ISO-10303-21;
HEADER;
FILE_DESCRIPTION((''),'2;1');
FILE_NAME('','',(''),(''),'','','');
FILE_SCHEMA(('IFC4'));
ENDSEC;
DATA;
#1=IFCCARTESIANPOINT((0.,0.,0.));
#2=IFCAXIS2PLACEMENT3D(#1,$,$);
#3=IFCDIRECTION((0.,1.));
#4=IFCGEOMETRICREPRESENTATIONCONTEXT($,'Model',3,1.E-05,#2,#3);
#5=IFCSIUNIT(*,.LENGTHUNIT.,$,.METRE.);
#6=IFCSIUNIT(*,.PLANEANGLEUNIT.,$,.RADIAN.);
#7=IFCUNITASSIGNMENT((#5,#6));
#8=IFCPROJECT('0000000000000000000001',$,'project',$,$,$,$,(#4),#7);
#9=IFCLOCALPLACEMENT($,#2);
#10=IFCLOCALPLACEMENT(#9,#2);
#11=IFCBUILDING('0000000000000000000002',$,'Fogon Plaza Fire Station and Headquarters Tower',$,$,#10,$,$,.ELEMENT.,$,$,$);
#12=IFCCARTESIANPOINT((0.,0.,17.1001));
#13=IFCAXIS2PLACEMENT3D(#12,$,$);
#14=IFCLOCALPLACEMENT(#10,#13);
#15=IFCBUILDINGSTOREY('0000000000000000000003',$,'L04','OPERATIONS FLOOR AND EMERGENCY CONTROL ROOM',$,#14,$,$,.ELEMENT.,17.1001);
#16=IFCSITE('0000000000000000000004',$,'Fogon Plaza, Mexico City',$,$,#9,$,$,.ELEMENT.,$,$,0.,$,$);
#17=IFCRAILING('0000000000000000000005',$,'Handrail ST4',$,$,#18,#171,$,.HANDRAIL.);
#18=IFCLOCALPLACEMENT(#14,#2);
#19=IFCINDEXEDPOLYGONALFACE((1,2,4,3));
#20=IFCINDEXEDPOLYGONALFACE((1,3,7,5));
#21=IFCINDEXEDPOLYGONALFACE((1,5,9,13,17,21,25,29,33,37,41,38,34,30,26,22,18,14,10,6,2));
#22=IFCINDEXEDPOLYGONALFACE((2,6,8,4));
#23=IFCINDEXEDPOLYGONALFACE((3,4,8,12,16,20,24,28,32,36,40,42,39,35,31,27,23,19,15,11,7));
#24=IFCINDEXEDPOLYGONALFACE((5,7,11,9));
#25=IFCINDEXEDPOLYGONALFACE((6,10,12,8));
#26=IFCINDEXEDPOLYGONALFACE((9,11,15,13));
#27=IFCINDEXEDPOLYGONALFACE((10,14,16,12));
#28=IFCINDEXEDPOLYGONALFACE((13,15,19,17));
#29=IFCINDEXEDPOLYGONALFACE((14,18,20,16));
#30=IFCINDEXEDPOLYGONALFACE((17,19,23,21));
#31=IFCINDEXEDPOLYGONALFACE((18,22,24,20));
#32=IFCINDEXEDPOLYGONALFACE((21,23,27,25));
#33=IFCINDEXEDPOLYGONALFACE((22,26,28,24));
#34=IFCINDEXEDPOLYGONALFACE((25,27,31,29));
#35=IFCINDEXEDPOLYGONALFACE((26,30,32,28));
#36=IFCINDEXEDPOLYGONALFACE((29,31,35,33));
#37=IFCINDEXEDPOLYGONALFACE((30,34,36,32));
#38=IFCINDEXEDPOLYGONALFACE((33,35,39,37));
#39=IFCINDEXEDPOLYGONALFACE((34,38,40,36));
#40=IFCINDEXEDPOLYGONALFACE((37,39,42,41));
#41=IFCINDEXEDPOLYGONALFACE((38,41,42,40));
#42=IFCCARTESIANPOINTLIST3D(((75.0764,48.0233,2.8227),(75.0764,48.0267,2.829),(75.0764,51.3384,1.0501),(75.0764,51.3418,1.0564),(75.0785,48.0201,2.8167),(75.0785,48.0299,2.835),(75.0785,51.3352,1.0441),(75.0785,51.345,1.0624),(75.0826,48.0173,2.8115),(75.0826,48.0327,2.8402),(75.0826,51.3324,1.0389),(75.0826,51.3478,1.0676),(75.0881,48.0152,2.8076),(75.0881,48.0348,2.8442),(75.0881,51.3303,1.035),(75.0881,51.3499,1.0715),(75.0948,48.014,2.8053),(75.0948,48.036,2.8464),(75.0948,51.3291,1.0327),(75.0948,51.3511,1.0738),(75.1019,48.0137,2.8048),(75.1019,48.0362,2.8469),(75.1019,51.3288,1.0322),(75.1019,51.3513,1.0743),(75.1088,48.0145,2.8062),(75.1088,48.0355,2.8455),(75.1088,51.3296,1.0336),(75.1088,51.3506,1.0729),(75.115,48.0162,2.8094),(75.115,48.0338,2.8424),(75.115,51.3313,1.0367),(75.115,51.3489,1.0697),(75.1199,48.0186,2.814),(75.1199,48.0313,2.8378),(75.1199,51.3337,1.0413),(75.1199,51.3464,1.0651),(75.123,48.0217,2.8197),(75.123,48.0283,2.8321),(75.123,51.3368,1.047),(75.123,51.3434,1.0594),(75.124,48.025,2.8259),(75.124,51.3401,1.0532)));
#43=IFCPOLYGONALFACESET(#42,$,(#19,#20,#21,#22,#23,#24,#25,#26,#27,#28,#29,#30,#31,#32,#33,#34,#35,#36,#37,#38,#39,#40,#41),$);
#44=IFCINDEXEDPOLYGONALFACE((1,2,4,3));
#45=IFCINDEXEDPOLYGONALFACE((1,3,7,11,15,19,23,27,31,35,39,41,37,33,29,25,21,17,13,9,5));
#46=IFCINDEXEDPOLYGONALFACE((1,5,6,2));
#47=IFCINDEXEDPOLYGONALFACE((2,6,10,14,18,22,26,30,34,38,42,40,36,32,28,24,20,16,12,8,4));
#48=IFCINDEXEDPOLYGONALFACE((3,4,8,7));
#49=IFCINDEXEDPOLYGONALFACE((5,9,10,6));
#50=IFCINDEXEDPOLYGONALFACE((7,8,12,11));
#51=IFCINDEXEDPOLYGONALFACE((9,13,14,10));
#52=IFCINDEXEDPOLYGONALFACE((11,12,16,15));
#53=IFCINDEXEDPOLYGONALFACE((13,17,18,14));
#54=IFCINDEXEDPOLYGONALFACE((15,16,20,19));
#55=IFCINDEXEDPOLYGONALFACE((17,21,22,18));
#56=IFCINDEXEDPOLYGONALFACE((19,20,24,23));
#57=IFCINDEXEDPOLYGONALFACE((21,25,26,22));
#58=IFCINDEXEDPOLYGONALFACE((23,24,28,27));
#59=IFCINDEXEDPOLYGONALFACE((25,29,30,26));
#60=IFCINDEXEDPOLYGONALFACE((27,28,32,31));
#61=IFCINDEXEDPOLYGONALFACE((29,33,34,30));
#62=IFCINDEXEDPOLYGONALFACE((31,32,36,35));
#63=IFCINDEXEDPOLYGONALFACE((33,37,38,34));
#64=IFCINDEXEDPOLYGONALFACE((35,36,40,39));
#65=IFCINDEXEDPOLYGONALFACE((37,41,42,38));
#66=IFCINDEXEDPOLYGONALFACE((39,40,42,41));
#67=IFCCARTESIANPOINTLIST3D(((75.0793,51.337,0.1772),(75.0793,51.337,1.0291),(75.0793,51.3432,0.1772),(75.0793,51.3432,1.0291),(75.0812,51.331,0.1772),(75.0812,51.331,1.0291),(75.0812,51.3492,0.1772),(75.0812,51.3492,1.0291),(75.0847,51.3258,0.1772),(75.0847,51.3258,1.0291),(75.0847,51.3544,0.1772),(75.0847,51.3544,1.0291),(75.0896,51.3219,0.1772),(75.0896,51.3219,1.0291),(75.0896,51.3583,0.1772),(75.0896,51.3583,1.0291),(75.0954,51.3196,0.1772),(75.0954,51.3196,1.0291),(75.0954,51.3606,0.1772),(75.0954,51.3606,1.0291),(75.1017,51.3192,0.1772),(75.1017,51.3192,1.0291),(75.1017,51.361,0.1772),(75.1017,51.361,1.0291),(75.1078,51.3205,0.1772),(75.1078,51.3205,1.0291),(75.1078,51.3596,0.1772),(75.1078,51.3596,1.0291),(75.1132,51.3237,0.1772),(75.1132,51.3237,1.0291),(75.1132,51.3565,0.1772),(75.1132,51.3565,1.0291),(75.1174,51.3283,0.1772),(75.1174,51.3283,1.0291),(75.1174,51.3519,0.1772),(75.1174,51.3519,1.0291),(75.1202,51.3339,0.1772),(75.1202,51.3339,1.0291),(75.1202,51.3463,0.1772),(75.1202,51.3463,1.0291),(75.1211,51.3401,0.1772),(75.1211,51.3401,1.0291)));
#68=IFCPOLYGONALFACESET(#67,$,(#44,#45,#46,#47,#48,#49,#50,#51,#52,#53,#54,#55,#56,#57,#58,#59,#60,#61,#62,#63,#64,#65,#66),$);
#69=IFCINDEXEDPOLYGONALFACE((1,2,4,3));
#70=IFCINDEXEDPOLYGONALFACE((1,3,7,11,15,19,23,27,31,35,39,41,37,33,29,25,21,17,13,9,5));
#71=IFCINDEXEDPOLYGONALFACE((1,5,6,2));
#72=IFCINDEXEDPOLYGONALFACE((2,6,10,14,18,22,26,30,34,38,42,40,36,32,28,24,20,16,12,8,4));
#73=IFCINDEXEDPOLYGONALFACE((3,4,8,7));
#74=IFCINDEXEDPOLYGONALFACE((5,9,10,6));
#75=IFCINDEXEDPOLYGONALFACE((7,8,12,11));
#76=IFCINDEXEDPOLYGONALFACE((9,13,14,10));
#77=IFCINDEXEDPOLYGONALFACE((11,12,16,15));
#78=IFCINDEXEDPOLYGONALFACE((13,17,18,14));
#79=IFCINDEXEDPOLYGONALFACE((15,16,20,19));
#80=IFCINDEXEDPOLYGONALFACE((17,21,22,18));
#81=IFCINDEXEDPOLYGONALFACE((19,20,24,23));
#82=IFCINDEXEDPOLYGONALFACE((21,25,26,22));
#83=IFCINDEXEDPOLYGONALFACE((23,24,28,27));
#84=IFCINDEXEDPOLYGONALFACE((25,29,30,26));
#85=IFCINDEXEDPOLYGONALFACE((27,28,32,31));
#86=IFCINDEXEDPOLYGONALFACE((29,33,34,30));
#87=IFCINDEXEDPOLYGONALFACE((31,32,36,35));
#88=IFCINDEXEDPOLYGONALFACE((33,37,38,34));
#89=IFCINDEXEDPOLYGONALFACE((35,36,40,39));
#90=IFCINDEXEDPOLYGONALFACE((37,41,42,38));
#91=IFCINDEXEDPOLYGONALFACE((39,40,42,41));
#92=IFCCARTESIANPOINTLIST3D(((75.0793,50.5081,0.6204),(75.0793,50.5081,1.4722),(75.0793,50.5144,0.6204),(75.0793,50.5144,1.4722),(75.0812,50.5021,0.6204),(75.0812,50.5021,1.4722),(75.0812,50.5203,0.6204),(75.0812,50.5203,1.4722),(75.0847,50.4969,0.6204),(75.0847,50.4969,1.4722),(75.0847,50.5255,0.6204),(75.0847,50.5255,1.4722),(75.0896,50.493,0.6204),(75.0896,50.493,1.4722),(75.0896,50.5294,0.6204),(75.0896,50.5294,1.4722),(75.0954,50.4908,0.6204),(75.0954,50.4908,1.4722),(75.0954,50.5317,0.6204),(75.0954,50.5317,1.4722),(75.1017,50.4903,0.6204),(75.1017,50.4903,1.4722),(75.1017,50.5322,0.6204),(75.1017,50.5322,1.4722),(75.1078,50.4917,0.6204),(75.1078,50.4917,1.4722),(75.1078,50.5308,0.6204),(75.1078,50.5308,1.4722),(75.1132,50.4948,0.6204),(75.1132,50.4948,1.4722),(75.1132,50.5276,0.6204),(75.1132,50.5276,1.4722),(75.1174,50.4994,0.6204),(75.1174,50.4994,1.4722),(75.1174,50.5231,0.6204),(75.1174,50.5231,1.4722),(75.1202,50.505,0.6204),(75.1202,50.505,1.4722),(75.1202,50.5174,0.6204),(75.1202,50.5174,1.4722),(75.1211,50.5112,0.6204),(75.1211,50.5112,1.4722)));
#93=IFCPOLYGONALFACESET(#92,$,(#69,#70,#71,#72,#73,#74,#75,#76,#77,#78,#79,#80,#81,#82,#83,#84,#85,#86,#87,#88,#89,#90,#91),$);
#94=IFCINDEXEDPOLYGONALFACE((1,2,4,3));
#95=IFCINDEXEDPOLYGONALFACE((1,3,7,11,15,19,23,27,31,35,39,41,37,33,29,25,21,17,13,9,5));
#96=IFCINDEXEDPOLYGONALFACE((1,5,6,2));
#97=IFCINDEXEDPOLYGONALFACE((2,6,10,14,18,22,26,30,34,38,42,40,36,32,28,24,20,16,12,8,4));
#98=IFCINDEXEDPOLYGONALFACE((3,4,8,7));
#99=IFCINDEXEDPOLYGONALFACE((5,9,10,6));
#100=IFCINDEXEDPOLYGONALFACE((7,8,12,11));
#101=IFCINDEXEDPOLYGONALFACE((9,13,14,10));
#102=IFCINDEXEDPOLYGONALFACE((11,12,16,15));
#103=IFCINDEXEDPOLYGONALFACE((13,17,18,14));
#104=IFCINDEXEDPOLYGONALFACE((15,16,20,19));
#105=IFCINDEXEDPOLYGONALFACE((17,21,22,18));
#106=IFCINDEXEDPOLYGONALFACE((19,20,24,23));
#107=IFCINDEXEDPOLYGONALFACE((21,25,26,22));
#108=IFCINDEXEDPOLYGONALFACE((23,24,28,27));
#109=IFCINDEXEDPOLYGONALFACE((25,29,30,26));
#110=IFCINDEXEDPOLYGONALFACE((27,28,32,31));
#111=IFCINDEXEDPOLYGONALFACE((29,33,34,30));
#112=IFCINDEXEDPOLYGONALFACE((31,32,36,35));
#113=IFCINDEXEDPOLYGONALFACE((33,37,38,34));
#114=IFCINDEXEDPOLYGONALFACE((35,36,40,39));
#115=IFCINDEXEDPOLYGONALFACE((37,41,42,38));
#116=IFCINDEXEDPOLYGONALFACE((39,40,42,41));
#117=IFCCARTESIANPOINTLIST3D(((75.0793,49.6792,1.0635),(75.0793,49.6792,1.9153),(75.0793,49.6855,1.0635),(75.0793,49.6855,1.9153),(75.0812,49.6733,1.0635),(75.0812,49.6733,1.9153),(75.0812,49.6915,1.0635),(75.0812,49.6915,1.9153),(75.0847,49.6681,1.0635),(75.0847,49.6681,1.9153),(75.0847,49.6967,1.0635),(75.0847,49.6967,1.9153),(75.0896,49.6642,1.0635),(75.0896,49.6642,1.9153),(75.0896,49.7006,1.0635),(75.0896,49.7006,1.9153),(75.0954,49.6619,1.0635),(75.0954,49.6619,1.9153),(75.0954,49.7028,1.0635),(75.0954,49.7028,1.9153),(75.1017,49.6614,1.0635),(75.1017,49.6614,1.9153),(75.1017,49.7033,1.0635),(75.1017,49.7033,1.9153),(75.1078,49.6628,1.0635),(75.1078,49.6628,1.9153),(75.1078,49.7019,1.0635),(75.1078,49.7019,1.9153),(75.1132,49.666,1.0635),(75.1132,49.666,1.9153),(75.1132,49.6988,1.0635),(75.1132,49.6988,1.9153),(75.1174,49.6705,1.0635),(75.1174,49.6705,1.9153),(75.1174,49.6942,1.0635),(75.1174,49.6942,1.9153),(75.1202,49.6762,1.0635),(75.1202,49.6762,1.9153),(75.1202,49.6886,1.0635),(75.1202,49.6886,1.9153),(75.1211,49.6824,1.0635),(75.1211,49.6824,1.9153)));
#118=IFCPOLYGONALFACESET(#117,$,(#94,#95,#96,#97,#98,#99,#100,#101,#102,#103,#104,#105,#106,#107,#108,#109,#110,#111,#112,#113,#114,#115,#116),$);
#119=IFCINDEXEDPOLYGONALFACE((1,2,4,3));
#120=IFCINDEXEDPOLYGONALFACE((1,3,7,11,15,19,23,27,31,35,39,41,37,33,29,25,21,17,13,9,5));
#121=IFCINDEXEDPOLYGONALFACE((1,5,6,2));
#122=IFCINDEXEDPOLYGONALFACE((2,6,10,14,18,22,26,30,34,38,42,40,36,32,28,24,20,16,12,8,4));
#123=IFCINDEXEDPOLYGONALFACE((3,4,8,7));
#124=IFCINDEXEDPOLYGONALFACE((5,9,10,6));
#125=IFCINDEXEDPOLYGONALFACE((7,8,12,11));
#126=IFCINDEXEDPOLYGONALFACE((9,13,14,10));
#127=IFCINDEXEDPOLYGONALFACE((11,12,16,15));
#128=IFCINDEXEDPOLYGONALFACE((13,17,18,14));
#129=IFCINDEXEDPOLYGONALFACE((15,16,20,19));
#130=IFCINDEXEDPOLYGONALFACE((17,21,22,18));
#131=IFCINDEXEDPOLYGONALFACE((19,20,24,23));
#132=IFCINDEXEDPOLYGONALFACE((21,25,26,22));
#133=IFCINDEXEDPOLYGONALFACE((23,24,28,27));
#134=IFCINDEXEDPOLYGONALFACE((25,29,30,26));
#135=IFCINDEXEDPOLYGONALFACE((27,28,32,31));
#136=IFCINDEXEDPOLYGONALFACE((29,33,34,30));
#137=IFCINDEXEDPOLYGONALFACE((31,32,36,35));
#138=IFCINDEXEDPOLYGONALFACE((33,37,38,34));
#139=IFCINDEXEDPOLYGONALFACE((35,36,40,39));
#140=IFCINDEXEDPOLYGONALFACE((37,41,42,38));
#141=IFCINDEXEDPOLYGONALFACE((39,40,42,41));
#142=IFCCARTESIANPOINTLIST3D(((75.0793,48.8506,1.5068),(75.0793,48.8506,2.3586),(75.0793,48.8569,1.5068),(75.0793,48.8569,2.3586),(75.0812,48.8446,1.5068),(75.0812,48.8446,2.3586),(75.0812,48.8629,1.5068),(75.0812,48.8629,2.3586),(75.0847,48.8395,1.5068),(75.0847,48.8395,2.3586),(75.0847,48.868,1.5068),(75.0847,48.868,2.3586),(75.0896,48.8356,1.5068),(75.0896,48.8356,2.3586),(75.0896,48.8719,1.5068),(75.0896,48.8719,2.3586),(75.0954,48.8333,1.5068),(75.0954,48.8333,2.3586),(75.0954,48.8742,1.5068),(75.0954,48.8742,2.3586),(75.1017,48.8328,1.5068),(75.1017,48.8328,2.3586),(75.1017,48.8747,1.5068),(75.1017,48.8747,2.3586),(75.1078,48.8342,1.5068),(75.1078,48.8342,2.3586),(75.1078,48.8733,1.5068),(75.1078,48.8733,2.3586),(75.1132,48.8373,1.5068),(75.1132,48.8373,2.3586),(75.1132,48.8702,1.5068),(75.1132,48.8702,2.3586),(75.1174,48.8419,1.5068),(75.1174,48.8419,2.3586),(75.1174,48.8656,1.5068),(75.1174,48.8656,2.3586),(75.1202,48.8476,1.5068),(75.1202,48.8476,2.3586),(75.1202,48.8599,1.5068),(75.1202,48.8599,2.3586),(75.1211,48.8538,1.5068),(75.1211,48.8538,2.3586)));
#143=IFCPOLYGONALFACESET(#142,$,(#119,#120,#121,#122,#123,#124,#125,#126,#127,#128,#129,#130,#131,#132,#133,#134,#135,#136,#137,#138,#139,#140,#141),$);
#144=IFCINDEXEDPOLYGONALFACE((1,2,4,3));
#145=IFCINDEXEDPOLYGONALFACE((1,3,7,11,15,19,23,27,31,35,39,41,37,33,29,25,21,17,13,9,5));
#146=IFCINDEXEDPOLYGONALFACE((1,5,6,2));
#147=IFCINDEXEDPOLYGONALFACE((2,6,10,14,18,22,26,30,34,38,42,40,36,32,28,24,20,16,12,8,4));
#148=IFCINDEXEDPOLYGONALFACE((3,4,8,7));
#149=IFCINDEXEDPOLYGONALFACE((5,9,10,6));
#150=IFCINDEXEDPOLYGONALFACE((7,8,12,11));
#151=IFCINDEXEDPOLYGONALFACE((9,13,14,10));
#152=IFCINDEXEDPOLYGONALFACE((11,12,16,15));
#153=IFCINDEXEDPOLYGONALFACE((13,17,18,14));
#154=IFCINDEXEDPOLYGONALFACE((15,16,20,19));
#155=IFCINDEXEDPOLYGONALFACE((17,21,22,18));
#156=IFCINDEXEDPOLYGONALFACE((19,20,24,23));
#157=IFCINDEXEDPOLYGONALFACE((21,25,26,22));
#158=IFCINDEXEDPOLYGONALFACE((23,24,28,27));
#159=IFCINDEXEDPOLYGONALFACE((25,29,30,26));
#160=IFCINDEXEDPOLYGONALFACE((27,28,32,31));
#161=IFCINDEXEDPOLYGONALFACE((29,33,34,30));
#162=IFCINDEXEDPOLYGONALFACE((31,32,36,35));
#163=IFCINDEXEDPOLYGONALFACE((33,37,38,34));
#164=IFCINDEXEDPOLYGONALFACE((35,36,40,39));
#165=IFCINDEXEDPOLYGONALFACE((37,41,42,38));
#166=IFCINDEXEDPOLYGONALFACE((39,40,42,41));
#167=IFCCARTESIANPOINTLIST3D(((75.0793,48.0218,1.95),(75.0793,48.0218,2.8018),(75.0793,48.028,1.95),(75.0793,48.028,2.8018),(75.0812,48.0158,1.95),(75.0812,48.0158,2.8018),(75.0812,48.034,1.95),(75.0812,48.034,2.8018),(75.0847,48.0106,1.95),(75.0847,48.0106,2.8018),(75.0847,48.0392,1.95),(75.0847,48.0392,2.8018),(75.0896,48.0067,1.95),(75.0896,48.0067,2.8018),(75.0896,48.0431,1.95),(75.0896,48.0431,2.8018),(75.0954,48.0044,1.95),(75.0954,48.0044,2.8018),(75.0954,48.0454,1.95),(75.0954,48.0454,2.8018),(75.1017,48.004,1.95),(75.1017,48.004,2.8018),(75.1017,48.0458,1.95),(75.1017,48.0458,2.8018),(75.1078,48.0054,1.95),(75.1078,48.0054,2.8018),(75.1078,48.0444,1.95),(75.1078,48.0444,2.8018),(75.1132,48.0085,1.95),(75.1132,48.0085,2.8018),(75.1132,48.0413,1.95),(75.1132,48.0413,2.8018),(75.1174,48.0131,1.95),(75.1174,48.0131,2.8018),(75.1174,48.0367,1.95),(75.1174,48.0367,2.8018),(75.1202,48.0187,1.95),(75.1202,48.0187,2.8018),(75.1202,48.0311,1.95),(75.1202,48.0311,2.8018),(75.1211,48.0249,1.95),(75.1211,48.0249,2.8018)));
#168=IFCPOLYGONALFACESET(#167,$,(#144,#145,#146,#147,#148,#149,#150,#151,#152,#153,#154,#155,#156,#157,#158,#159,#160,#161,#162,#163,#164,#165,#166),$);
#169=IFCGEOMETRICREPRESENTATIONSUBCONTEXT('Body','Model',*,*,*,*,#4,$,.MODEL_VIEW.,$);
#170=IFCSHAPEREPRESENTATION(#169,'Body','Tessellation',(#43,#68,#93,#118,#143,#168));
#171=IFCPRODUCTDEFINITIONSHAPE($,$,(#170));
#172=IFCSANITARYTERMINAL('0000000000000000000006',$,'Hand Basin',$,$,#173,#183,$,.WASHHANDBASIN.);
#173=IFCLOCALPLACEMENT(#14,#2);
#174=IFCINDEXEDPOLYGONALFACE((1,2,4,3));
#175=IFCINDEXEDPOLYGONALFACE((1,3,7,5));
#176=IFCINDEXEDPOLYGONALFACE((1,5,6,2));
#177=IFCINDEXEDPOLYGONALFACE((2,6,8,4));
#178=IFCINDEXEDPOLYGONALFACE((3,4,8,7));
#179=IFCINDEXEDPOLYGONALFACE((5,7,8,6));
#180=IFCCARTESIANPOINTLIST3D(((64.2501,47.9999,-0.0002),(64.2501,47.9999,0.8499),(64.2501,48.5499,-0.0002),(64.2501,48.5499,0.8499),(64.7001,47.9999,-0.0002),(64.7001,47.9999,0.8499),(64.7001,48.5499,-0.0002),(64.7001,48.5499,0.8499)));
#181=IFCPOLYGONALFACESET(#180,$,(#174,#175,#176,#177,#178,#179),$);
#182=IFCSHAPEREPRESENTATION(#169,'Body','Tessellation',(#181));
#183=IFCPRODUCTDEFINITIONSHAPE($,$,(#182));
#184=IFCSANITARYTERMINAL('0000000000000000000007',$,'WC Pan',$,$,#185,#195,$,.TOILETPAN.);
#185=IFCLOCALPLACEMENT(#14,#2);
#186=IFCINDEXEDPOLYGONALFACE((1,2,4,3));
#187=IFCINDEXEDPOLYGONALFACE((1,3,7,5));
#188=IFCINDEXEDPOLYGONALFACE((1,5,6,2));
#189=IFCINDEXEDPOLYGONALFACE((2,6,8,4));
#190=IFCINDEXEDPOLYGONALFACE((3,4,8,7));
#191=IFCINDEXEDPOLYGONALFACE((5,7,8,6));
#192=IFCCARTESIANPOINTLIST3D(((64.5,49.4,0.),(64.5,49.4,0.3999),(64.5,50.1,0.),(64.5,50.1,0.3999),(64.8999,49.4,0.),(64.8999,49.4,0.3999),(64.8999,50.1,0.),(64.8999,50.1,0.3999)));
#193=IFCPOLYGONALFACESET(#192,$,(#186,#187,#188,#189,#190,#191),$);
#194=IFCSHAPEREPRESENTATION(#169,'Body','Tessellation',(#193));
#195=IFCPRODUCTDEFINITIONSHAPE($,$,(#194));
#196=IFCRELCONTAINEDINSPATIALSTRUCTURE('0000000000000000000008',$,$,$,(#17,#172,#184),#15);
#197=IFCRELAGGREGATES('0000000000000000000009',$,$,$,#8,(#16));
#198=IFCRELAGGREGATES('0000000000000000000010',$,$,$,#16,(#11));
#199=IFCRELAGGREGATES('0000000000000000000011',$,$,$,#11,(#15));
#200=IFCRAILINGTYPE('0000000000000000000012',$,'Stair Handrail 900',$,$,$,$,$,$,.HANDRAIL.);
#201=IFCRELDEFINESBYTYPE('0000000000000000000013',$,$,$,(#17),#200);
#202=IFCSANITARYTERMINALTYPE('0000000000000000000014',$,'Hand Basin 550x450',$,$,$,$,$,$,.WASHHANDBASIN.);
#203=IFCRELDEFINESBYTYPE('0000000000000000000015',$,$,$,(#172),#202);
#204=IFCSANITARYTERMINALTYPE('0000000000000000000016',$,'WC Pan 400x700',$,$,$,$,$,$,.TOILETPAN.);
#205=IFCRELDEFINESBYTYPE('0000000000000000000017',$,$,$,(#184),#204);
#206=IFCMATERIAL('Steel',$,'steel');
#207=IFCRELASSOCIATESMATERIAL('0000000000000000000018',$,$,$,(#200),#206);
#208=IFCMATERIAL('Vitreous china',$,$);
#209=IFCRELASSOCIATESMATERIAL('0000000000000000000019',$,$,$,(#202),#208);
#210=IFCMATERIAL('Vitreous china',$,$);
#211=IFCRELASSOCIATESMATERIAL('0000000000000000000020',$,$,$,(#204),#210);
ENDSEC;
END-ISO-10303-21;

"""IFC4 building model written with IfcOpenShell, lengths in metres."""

from ifc_helpers import new_model, si_unit, direction, frame, origin, origin_2d, place, context, subcontext, project, spatial, rectangle, circle, extrude, material, type_object, element, save


model = new_model("IFC4")

# Units and contexts
model_context = context("Model", 3, precision=1e-05, world=origin(), true_north=direction((0.0, 1.0)))
body_context = subcontext(model_context, "Body", "Model", "MODEL_VIEW")
ifc_project = project(units=[si_unit("LENGTHUNIT", "METRE"), si_unit("PLANEANGLEUNIT", "RADIAN")], contexts=[model_context])

# Site, building, storey
site_placement = place(None, origin())
site = spatial("IfcSite", under=ifc_project, at=site_placement, Name="Fogon Plaza, Mexico City", CompositionType="ELEMENT", RefElevation=0.0)
building_placement = place(site_placement, origin())
building = spatial("IfcBuilding", under=site, at=building_placement, Name="Fogon Plaza Fire Station and Headquarters Tower", CompositionType="ELEMENT")
storey_placement = place(building_placement, frame((0.0, 0.0, 17.1001)))
storey = spatial("IfcBuildingStorey", under=building, at=storey_placement, Name="L04", Description="OPERATIONS FLOOR AND EMERGENCY CONTROL ROOM", CompositionType="ELEMENT", Elevation=17.1001)

# Railing
ifc_material_1 = material(Name="Steel", Category="steel")
railing_type = type_object("IfcRailingType", Name="Stair Handrail 900", PredefinedType="HANDRAIL", material=ifc_material_1)
for number, where, name in (
    (1, (75.1001, 51.3401, 0.1772), "Handrail ST4"),
):
    element("IfcRailing", number, at=place(storey_placement, frame(where)), inside=storey, type_object=railing_type, Name=name, PredefinedType="HANDRAIL", context=body_context, shape_type="SweptSolid", body=[
        extrude(circle(Radius=0.0239, at=origin_2d()), frame((0.0, 0.0, 0.876), z_axis=(0.0, -0.881844, 0.471542), x_axis=(1.0, 0.0, 0.0)), (0.0, 0.0, 1.0), 3.7593),
        extrude(circle(Radius=0.021, at=origin_2d()), origin(), (0.0, 0.0, 1.0), 0.8518),
        extrude(circle(Radius=0.021, at=origin_2d()), frame((0.0, -0.8289, 0.4431)), (0.0, 0.0, 1.0), 0.8518),
        extrude(circle(Radius=0.021, at=origin_2d()), frame((0.0, -1.6577, 0.8862)), (0.0, 0.0, 1.0), 0.8518),
        extrude(circle(Radius=0.021, at=origin_2d()), frame((0.0, -2.4863, 1.3296)), (0.0, 0.0, 1.0), 0.8518),
        extrude(circle(Radius=0.021, at=origin_2d()), frame((0.0, -3.3152, 1.7727)), (0.0, 0.0, 1.0), 0.8518),
    ])

# Sanitary terminals
ifc_material_2 = material(Name="Vitreous china")
sanitary_terminal_type_1 = type_object("IfcSanitaryTerminalType", Name="Hand Basin 550x450", PredefinedType="WASHHANDBASIN", material=ifc_material_2)
sanitary_terminal_1_placement = place(storey_placement, frame((64.4751, 48.2749, -0.0002), z_axis=(0.0, 0.0, 1.0), x_axis=(1.0, 0.0, 0.0)))
element("IfcSanitaryTerminal", 2, at=sanitary_terminal_1_placement, inside=storey, type_object=sanitary_terminal_type_1, Name="Hand Basin", PredefinedType="WASHHANDBASIN", context=body_context, shape_type="SweptSolid", body=[
    extrude(rectangle(XDim=0.45, YDim=0.55, at=origin_2d()), origin(), (0.0, 0.0, 1.0), 0.8501),
])
ifc_material_3 = material(Name="Vitreous china")
sanitary_terminal_type_2 = type_object("IfcSanitaryTerminalType", Name="WC Pan 400x700", PredefinedType="TOILETPAN", material=ifc_material_3)
sanitary_terminal_2_placement = place(storey_placement, frame((64.7, 49.75, 0.0), z_axis=(0.0, 0.0, 1.0), x_axis=(1.0, 0.0, 0.0)))
element("IfcSanitaryTerminal", 3, at=sanitary_terminal_2_placement, inside=storey, type_object=sanitary_terminal_type_2, Name="WC Pan", PredefinedType="TOILETPAN", context=body_context, shape_type="SweptSolid", body=[
    extrude(rectangle(XDim=0.3999, YDim=0.7, at=origin_2d()), origin(), (0.0, 0.0, 1.0), 0.3999),
])

save(model, "model.ifc")
